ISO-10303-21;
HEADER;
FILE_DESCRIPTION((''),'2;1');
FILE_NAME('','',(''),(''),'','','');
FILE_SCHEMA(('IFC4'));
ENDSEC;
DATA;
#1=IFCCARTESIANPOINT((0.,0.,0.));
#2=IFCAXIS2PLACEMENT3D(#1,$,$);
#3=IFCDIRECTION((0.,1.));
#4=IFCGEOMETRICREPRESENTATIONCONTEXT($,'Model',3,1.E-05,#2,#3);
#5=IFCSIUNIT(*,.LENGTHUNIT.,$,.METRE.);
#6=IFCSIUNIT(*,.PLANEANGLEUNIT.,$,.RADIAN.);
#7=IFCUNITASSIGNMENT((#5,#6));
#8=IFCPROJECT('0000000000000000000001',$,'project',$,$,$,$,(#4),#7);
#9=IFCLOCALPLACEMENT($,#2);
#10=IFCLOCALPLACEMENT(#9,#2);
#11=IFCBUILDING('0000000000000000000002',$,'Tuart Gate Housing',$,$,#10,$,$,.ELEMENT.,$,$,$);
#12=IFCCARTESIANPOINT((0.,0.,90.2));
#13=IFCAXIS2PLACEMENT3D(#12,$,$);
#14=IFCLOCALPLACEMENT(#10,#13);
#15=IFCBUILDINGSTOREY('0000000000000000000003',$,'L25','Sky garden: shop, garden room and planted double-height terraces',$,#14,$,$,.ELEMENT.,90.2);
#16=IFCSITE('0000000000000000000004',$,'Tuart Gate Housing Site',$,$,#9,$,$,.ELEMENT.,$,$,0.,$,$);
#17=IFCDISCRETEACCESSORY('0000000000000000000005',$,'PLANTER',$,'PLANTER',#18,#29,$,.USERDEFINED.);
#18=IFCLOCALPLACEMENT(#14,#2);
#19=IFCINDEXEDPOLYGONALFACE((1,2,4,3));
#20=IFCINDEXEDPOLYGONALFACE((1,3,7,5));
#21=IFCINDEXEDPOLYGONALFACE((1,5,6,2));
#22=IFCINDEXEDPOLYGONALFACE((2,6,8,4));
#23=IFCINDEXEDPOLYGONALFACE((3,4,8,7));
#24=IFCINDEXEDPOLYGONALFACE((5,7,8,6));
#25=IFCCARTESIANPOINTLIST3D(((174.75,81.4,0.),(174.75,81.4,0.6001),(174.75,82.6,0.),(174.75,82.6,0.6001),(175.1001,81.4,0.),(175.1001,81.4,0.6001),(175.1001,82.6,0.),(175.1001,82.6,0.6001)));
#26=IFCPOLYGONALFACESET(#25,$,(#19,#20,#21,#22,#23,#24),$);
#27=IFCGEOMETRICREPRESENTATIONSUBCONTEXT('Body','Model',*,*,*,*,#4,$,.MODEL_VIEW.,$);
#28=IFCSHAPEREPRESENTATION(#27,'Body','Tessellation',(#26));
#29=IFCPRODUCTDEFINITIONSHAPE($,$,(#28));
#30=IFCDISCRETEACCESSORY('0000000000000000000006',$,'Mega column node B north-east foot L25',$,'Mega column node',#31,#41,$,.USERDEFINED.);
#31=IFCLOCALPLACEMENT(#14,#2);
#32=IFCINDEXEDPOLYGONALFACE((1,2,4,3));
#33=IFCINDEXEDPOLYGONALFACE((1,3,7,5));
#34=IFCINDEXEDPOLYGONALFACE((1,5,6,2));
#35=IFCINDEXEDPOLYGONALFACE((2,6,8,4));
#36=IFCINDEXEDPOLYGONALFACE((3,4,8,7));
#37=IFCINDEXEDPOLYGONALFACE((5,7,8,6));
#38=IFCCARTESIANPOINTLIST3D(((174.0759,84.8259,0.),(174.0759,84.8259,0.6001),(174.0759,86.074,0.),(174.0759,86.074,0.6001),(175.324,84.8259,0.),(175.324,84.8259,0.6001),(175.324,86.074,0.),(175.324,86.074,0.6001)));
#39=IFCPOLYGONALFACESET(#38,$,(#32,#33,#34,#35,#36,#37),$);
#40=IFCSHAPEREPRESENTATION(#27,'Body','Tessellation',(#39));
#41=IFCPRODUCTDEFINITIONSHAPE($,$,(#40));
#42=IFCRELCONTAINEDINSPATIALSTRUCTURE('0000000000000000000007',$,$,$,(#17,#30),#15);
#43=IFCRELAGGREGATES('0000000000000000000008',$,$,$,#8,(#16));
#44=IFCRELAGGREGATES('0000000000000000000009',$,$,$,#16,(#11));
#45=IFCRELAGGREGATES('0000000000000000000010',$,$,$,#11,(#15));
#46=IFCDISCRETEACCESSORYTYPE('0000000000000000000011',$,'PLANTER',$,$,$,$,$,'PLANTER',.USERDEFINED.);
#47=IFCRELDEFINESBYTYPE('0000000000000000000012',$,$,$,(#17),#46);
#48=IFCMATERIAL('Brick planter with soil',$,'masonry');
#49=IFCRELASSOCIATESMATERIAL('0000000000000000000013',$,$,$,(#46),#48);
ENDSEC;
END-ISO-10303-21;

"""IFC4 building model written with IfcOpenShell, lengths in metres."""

from ifc_helpers import new_model, si_unit, direction, frame, origin, origin_2d, place, context, subcontext, project, spatial, rectangle, extrude, material, type_object, element, save


model = new_model("IFC4")

# Units and contexts
model_context = context("Model", 3, precision=1e-05, world=origin(), true_north=direction((0.0, 1.0)))
body_context = subcontext(model_context, "Body", "Model", "MODEL_VIEW")
ifc_project = project(units=[si_unit("LENGTHUNIT", "METRE"), si_unit("PLANEANGLEUNIT", "RADIAN")], contexts=[model_context])

# Site, building, storey
site_placement = place(None, origin())
site = spatial("IfcSite", under=ifc_project, at=site_placement, Name="Tuart Gate Housing Site", CompositionType="ELEMENT", RefElevation=0.0)
building_placement = place(site_placement, origin())
building = spatial("IfcBuilding", under=site, at=building_placement, Name="Tuart Gate Housing", CompositionType="ELEMENT")
storey_placement = place(building_placement, frame((0.0, 0.0, 90.2)))
storey = spatial("IfcBuildingStorey", under=building, at=storey_placement, Name="L25", Description="Sky garden: shop, garden room and planted double-height terraces", CompositionType="ELEMENT", Elevation=90.2)

# Discrete accessories
ifc_material_1 = material(Name="Brick planter with soil", Category="masonry")
discrete_accessory_type = type_object("IfcDiscreteAccessoryType", Name="PLANTER", ElementType="PLANTER", PredefinedType="USERDEFINED", material=ifc_material_1)
for number, where, z_axis, x_axis, name in (
    (1, (174.925, 82.0, 0.0), (0.0, 0.0, 1.0), (1.0, 0.0, 0.0), "PLANTER"),
):
    element("IfcDiscreteAccessory", number, at=place(storey_placement, frame(where, z_axis=z_axis, x_axis=x_axis)), inside=storey, type_object=discrete_accessory_type, Name=name, ObjectType="PLANTER", PredefinedType="USERDEFINED", context=body_context, shape_type="SweptSolid", body=[
        extrude(rectangle(XDim=0.3501, YDim=1.2, at=origin_2d()), origin(), (0.0, 0.0, 1.0), 0.6001),
    ])
discrete_accessory_placement = place(storey_placement, frame((174.7, 85.45, 0.0), z_axis=(0.0, 0.0, 1.0), x_axis=(1.0, 0.0, 0.0)))
element("IfcDiscreteAccessory", 2, at=discrete_accessory_placement, inside=storey, Name="Mega column node B north-east foot L25", ObjectType="Mega column node", PredefinedType="USERDEFINED", context=body_context, shape_type="SweptSolid", body=[
    extrude(rectangle(XDim=1.248, YDim=1.248, at=origin_2d()), origin(), (0.0, 0.0, 1.0), 0.6001),
])

save(model, "model.ifc")
